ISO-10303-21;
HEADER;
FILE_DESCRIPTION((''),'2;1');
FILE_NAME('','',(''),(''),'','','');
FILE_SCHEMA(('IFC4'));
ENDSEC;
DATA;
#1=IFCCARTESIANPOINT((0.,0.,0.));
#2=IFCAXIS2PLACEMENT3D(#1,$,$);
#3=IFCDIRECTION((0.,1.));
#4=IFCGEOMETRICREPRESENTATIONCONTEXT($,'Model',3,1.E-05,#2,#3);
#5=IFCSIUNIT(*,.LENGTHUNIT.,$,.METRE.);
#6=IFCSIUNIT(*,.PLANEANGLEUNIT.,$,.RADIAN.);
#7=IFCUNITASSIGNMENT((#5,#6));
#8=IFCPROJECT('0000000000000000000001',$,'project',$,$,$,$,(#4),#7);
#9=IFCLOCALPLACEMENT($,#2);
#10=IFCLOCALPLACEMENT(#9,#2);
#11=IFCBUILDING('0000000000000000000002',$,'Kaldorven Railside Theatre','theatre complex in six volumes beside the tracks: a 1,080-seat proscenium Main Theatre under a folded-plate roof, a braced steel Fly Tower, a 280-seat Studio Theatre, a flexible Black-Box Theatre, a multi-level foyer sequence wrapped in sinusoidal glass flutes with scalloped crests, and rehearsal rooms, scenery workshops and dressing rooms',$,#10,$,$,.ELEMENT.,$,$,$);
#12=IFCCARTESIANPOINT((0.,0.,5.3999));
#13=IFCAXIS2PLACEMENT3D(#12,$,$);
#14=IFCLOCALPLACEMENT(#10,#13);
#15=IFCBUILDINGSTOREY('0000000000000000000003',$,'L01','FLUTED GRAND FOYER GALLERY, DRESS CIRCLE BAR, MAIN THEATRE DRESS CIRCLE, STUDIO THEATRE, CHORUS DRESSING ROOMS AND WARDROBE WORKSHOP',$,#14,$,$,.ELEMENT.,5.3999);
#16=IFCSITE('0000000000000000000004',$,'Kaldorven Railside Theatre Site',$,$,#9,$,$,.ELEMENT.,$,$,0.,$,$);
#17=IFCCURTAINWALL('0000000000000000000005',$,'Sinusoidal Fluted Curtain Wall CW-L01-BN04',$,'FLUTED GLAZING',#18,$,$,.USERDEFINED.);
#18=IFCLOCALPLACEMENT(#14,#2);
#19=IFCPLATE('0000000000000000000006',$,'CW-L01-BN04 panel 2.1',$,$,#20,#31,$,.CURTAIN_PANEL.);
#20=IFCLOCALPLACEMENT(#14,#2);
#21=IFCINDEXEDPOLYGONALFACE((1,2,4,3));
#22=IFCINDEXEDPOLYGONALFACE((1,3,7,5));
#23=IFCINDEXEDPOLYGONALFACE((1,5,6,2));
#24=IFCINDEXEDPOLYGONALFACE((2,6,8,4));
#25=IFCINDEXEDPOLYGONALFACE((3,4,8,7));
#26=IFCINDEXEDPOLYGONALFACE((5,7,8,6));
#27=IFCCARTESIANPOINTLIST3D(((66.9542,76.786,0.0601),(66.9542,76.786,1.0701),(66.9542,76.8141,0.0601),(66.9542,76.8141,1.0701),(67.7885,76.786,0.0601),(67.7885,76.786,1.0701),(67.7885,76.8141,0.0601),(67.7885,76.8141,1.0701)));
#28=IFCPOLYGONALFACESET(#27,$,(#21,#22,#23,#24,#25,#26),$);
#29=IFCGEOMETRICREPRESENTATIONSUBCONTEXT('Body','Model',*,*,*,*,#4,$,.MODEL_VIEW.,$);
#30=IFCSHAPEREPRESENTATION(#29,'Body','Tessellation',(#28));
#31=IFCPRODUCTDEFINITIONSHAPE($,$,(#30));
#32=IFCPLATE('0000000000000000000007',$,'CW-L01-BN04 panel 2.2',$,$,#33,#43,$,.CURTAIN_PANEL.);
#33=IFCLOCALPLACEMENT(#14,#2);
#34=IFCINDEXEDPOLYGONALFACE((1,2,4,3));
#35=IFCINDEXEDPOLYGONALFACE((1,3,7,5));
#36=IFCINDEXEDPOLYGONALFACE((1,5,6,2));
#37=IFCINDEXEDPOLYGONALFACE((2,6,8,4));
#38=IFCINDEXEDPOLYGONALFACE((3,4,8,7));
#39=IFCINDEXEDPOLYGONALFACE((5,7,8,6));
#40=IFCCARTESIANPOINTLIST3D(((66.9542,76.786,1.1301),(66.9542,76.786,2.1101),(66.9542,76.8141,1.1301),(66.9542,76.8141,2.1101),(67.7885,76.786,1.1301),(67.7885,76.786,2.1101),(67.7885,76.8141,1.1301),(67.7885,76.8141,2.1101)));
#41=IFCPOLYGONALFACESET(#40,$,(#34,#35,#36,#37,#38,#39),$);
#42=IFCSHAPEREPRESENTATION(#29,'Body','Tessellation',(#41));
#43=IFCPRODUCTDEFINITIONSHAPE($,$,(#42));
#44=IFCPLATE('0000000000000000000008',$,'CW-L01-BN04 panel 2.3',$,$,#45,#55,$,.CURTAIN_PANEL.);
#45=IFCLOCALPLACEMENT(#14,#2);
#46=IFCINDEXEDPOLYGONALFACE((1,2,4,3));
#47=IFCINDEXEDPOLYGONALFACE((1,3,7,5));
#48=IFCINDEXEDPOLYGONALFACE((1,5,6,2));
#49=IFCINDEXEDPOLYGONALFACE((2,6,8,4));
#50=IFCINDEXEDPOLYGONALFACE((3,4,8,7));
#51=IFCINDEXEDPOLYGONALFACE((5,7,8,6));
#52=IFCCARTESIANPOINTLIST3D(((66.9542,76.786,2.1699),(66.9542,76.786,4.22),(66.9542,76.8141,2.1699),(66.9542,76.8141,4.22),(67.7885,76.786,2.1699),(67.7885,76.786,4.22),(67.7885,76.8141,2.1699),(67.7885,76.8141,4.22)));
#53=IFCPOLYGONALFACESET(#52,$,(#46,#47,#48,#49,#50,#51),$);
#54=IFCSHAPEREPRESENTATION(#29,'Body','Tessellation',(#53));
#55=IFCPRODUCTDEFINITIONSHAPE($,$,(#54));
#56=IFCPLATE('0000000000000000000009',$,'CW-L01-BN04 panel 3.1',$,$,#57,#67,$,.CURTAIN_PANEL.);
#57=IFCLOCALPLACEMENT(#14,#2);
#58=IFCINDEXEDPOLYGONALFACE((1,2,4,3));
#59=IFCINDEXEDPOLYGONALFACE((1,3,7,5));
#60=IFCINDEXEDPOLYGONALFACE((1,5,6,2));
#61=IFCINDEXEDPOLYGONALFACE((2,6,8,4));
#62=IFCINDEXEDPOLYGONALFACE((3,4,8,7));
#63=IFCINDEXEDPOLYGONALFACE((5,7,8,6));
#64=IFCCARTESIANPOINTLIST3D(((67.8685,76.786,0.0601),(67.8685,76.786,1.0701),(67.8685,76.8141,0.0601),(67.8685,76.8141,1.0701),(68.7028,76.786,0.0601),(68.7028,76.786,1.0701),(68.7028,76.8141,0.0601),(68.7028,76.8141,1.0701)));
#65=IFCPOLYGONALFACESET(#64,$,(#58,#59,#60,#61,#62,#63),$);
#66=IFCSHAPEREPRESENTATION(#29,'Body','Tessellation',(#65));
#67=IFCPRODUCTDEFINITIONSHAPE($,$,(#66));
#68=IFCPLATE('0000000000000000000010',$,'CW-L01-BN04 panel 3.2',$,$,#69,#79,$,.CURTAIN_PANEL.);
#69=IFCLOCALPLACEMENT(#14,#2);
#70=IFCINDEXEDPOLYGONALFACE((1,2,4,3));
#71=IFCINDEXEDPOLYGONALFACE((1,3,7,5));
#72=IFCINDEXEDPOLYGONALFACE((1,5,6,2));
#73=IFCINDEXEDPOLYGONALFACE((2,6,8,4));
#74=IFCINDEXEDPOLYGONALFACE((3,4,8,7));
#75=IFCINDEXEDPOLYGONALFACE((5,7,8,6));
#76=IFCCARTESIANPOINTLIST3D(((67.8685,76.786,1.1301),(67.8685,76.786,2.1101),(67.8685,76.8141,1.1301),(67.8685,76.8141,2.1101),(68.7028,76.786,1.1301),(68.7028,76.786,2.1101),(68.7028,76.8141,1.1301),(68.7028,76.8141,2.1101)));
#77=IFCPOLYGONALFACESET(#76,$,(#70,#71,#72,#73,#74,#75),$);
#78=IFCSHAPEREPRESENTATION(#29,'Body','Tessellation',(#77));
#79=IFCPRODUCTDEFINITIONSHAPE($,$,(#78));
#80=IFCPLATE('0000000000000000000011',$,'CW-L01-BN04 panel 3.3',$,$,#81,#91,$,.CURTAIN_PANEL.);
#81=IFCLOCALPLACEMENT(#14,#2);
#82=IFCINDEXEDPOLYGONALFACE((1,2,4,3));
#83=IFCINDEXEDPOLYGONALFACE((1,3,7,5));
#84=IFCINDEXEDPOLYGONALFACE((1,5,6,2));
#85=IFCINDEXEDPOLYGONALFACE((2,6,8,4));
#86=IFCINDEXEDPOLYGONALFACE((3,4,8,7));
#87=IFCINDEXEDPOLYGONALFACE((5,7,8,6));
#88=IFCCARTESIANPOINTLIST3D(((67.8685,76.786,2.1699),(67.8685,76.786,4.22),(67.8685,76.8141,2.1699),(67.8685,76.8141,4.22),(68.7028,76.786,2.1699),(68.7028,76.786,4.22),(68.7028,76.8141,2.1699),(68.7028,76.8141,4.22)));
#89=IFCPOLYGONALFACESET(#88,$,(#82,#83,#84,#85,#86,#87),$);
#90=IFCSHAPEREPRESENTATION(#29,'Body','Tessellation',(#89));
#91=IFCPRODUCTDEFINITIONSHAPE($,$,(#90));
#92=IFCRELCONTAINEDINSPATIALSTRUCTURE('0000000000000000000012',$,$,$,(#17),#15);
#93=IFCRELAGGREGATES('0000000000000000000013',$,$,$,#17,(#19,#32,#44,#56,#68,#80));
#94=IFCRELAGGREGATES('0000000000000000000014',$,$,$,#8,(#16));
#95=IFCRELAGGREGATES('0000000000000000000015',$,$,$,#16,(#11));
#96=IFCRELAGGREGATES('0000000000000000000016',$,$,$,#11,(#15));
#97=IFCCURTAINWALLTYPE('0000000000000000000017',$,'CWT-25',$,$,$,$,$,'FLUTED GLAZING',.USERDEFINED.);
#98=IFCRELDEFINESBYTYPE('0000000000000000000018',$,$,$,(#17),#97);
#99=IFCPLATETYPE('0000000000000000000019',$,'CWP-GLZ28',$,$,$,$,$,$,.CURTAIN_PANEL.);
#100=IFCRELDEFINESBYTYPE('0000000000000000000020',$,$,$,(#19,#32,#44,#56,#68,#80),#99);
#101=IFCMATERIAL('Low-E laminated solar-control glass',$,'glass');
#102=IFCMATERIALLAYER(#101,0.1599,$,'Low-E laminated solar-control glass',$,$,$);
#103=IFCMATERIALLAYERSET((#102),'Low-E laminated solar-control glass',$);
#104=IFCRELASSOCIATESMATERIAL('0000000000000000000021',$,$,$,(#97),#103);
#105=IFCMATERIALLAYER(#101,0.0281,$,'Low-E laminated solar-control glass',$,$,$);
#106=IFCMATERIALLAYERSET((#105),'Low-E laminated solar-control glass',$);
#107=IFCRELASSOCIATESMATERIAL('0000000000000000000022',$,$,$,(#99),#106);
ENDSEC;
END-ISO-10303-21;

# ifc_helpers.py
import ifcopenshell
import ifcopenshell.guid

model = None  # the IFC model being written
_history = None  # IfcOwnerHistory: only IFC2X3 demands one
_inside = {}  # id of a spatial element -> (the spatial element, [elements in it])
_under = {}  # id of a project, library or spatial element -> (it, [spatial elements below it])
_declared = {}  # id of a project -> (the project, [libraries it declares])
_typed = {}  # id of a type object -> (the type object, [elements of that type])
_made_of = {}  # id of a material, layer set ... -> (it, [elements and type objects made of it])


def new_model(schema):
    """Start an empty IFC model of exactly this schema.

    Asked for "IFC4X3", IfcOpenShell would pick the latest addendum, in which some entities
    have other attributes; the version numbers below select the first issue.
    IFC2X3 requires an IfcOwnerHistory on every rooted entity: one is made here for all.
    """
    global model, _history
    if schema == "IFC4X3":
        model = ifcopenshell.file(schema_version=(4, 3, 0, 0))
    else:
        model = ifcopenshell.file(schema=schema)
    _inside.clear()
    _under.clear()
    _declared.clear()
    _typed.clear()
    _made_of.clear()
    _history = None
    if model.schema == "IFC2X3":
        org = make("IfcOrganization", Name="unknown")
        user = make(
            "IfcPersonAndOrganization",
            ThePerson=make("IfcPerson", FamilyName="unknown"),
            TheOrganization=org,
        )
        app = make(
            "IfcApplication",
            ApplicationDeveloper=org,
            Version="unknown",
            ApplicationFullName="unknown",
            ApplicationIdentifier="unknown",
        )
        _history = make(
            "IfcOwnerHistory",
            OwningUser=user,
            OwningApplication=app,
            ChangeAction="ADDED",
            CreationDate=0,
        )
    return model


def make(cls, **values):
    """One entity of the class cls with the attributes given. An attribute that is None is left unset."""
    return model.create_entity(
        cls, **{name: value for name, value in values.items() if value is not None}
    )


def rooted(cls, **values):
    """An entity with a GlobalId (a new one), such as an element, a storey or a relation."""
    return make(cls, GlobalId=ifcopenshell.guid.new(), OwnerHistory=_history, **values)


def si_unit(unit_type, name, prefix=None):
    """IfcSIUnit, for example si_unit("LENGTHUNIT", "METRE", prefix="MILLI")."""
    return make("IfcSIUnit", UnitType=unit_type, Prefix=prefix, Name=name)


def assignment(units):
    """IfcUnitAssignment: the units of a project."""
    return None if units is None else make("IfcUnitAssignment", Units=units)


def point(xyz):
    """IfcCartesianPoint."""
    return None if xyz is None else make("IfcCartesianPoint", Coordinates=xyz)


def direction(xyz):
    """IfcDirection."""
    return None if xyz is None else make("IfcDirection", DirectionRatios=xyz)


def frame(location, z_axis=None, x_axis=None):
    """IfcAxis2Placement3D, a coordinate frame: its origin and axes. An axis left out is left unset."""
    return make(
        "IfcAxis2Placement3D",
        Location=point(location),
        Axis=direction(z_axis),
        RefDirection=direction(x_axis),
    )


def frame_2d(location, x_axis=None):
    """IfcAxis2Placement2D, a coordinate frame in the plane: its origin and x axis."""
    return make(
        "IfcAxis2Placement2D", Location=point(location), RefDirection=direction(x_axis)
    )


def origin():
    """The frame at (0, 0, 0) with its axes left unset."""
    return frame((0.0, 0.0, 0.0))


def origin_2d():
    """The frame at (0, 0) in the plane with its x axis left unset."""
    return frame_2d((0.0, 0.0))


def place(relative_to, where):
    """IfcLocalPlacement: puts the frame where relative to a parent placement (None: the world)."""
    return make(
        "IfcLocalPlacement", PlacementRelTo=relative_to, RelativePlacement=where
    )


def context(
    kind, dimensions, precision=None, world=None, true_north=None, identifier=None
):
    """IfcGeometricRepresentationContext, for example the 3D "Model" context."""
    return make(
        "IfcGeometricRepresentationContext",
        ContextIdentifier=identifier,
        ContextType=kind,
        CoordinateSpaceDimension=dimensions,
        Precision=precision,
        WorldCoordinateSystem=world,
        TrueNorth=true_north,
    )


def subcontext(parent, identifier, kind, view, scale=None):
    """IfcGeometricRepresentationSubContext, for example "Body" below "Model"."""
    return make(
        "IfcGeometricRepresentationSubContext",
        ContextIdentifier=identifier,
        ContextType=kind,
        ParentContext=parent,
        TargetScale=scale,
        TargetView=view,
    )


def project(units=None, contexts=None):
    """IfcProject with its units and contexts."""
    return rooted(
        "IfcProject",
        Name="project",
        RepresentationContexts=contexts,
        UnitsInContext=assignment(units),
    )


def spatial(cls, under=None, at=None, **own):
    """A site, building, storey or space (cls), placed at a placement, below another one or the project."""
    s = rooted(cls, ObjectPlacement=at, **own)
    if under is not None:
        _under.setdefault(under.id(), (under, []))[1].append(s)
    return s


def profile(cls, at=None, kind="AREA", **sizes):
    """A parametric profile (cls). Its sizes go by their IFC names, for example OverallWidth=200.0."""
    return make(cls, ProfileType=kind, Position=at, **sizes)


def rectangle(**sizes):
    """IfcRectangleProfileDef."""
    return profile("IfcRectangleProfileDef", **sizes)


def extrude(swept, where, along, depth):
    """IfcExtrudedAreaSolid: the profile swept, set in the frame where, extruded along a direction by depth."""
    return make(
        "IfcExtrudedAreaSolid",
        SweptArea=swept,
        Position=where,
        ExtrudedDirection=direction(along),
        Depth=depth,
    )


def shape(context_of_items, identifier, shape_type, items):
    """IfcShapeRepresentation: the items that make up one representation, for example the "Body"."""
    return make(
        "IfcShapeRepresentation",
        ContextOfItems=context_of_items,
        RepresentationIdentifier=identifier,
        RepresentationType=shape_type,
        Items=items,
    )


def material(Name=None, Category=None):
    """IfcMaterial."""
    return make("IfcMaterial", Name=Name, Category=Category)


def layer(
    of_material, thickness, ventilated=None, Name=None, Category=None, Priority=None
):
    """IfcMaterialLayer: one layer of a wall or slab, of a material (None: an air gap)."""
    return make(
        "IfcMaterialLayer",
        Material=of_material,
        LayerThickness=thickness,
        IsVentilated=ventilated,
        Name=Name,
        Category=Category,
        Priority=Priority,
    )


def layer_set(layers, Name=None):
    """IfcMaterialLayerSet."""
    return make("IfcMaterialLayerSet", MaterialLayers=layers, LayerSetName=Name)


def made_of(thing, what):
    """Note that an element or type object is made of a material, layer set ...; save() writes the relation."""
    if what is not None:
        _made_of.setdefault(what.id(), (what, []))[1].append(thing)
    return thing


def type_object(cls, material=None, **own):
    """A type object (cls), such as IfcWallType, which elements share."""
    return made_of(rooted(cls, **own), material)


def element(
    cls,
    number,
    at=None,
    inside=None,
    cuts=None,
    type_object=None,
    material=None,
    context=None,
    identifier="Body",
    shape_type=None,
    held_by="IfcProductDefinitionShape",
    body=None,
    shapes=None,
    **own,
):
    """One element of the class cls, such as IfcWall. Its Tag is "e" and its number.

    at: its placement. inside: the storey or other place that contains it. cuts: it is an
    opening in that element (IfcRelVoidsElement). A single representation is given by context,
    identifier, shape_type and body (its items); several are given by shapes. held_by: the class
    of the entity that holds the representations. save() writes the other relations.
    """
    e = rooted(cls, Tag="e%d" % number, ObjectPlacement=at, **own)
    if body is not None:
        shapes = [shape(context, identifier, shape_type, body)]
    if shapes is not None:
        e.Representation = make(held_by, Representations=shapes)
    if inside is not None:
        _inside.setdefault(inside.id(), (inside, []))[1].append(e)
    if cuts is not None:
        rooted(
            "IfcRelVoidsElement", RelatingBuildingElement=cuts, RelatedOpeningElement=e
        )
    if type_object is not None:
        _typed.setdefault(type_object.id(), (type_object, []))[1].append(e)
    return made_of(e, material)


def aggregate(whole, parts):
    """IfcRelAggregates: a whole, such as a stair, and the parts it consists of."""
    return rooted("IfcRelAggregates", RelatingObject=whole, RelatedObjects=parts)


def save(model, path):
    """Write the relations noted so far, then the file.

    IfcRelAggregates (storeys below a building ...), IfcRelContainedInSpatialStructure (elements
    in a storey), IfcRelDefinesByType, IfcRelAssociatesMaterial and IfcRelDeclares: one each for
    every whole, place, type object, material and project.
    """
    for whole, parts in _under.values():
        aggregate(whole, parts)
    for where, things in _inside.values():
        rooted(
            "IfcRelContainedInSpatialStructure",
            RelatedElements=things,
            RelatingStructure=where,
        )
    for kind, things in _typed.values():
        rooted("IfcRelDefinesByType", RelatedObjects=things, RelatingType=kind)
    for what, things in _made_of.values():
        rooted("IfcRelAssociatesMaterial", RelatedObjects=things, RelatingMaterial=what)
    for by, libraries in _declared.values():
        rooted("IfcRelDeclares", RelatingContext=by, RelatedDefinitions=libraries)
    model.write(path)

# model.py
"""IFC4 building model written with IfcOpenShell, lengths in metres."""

from ifc_helpers import new_model, si_unit, direction, frame, origin, origin_2d, place, context, subcontext, project, spatial, rectangle, extrude, material, layer, layer_set, type_object, element, aggregate, save


model = new_model("IFC4")

# Units and contexts
model_context = context("Model", 3, precision=1e-05, world=origin(), true_north=direction((0.0, 1.0)))
body_context = subcontext(model_context, "Body", "Model", "MODEL_VIEW")
ifc_project = project(units=[si_unit("LENGTHUNIT", "METRE"), si_unit("PLANEANGLEUNIT", "RADIAN")], contexts=[model_context])

# Site, building, storey
site_placement = place(None, origin())
site = spatial("IfcSite", under=ifc_project, at=site_placement, Name="Kaldorven Railside Theatre Site", CompositionType="ELEMENT", RefElevation=0.0)
building_placement = place(site_placement, origin())
building = spatial("IfcBuilding", under=site, at=building_placement, Name="Kaldorven Railside Theatre", Description="theatre complex in six volumes beside the tracks: a 1,080-seat proscenium Main Theatre under a folded-plate roof, a braced steel Fly Tower, a 280-seat Studio Theatre, a flexible Black-Box Theatre, a multi-level foyer sequence wrapped in sinusoidal glass flutes with scalloped crests, and rehearsal rooms, scenery workshops and dressing rooms", CompositionType="ELEMENT")
storey_placement = place(building_placement, frame((0.0, 0.0, 5.3999)))
storey = spatial("IfcBuildingStorey", under=building, at=storey_placement, Name="L01", Description="FLUTED GRAND FOYER GALLERY, DRESS CIRCLE BAR, MAIN THEATRE DRESS CIRCLE, STUDIO THEATRE, CHORUS DRESSING ROOMS AND WARDROBE WORKSHOP", CompositionType="ELEMENT", Elevation=5.3999)

# Shared definitions
ifc_material_1 = material(Name="Low-E laminated solar-control glass", Category="glass")
ifc_layer_1 = layer(ifc_material_1, 0.1599, Name="Low-E laminated solar-control glass")
ifc_layer_set_1 = layer_set([ifc_layer_1], Name="Low-E laminated solar-control glass")
curtain_wall_type = type_object("IfcCurtainWallType", Name="CWT-25", ElementType="FLUTED GLAZING", PredefinedType="USERDEFINED", material=ifc_layer_set_1)

# Curtain wall
curtain_wall_1_placement = place(storey_placement, origin())
curtain_wall_1 = element("IfcCurtainWall", 1, at=curtain_wall_1_placement, inside=storey, type_object=curtain_wall_type, Name="Sinusoidal Fluted Curtain Wall CW-L01-BN04", ObjectType="FLUTED GLAZING", PredefinedType="USERDEFINED")

# Plates
ifc_layer_2 = layer(ifc_material_1, 0.0281, Name="Low-E laminated solar-control glass")
ifc_layer_set_2 = layer_set([ifc_layer_2], Name="Low-E laminated solar-control glass")
plate_type = type_object("IfcPlateType", Name="CWP-GLZ28", PredefinedType="CURTAIN_PANEL", material=ifc_layer_set_2)
plate_1_placement = place(storey_placement, frame((67.3713, 76.8, 0.0601), z_axis=(0.0, 0.0, 1.0), x_axis=(1.0, 0.0, 0.0)))
plate_1 = element("IfcPlate", 2, at=plate_1_placement, type_object=plate_type, Name="CW-L01-BN04 panel 2.1", PredefinedType="CURTAIN_PANEL", context=body_context, shape_type="SweptSolid", body=[
    extrude(rectangle(XDim=0.8342, YDim=0.0281, at=origin_2d()), origin(), (0.0, 0.0, 1.0), 1.01),
])
plate_2_placement = place(storey_placement, frame((67.3713, 76.8, 1.1301), z_axis=(0.0, 0.0, 1.0), x_axis=(1.0, 0.0, 0.0)))
plate_2 = element("IfcPlate", 3, at=plate_2_placement, type_object=plate_type, Name="CW-L01-BN04 panel 2.2", PredefinedType="CURTAIN_PANEL", context=body_context, shape_type="SweptSolid", body=[
    extrude(rectangle(XDim=0.8342, YDim=0.0281, at=origin_2d()), origin(), (0.0, 0.0, 1.0), 0.98),
])
plate_3_placement = place(storey_placement, frame((67.3713, 76.8, 2.1699), z_axis=(0.0, 0.0, 1.0), x_axis=(1.0, 0.0, 0.0)))
plate_3 = element("IfcPlate", 4, at=plate_3_placement, type_object=plate_type, Name="CW-L01-BN04 panel 2.3", PredefinedType="CURTAIN_PANEL", context=body_context, shape_type="SweptSolid", body=[
    extrude(rectangle(XDim=0.8342, YDim=0.0281, at=origin_2d()), origin(), (0.0, 0.0, 1.0), 2.05),
])
plate_4_placement = place(storey_placement, frame((68.2856, 76.8, 0.0601), z_axis=(0.0, 0.0, 1.0), x_axis=(1.0, 0.0, 0.0)))
plate_4 = element("IfcPlate", 5, at=plate_4_placement, type_object=plate_type, Name="CW-L01-BN04 panel 3.1", PredefinedType="CURTAIN_PANEL", context=body_context, shape_type="SweptSolid", body=[
    extrude(rectangle(XDim=0.8342, YDim=0.0281, at=origin_2d()), origin(), (0.0, 0.0, 1.0), 1.01),
])
plate_5_placement = place(storey_placement, frame((68.2856, 76.8, 1.1301), z_axis=(0.0, 0.0, 1.0), x_axis=(1.0, 0.0, 0.0)))
plate_5 = element("IfcPlate", 6, at=plate_5_placement, type_object=plate_type, Name="CW-L01-BN04 panel 3.2", PredefinedType="CURTAIN_PANEL", context=body_context, shape_type="SweptSolid", body=[
    extrude(rectangle(XDim=0.8342, YDim=0.0281, at=origin_2d()), origin(), (0.0, 0.0, 1.0), 0.98),
])
plate_6_placement = place(storey_placement, frame((68.2856, 76.8, 2.1699), z_axis=(0.0, 0.0, 1.0), x_axis=(1.0, 0.0, 0.0)))
plate_6 = element("IfcPlate", 7, at=plate_6_placement, type_object=plate_type, Name="CW-L01-BN04 panel 3.3", PredefinedType="CURTAIN_PANEL", context=body_context, shape_type="SweptSolid", body=[
    extrude(rectangle(XDim=0.8342, YDim=0.0281, at=origin_2d()), origin(), (0.0, 0.0, 1.0), 2.05),
])
aggregate(curtain_wall_1, [plate_1, plate_2, plate_3, plate_4, plate_5, plate_6])

save(model, "model.ifc")
